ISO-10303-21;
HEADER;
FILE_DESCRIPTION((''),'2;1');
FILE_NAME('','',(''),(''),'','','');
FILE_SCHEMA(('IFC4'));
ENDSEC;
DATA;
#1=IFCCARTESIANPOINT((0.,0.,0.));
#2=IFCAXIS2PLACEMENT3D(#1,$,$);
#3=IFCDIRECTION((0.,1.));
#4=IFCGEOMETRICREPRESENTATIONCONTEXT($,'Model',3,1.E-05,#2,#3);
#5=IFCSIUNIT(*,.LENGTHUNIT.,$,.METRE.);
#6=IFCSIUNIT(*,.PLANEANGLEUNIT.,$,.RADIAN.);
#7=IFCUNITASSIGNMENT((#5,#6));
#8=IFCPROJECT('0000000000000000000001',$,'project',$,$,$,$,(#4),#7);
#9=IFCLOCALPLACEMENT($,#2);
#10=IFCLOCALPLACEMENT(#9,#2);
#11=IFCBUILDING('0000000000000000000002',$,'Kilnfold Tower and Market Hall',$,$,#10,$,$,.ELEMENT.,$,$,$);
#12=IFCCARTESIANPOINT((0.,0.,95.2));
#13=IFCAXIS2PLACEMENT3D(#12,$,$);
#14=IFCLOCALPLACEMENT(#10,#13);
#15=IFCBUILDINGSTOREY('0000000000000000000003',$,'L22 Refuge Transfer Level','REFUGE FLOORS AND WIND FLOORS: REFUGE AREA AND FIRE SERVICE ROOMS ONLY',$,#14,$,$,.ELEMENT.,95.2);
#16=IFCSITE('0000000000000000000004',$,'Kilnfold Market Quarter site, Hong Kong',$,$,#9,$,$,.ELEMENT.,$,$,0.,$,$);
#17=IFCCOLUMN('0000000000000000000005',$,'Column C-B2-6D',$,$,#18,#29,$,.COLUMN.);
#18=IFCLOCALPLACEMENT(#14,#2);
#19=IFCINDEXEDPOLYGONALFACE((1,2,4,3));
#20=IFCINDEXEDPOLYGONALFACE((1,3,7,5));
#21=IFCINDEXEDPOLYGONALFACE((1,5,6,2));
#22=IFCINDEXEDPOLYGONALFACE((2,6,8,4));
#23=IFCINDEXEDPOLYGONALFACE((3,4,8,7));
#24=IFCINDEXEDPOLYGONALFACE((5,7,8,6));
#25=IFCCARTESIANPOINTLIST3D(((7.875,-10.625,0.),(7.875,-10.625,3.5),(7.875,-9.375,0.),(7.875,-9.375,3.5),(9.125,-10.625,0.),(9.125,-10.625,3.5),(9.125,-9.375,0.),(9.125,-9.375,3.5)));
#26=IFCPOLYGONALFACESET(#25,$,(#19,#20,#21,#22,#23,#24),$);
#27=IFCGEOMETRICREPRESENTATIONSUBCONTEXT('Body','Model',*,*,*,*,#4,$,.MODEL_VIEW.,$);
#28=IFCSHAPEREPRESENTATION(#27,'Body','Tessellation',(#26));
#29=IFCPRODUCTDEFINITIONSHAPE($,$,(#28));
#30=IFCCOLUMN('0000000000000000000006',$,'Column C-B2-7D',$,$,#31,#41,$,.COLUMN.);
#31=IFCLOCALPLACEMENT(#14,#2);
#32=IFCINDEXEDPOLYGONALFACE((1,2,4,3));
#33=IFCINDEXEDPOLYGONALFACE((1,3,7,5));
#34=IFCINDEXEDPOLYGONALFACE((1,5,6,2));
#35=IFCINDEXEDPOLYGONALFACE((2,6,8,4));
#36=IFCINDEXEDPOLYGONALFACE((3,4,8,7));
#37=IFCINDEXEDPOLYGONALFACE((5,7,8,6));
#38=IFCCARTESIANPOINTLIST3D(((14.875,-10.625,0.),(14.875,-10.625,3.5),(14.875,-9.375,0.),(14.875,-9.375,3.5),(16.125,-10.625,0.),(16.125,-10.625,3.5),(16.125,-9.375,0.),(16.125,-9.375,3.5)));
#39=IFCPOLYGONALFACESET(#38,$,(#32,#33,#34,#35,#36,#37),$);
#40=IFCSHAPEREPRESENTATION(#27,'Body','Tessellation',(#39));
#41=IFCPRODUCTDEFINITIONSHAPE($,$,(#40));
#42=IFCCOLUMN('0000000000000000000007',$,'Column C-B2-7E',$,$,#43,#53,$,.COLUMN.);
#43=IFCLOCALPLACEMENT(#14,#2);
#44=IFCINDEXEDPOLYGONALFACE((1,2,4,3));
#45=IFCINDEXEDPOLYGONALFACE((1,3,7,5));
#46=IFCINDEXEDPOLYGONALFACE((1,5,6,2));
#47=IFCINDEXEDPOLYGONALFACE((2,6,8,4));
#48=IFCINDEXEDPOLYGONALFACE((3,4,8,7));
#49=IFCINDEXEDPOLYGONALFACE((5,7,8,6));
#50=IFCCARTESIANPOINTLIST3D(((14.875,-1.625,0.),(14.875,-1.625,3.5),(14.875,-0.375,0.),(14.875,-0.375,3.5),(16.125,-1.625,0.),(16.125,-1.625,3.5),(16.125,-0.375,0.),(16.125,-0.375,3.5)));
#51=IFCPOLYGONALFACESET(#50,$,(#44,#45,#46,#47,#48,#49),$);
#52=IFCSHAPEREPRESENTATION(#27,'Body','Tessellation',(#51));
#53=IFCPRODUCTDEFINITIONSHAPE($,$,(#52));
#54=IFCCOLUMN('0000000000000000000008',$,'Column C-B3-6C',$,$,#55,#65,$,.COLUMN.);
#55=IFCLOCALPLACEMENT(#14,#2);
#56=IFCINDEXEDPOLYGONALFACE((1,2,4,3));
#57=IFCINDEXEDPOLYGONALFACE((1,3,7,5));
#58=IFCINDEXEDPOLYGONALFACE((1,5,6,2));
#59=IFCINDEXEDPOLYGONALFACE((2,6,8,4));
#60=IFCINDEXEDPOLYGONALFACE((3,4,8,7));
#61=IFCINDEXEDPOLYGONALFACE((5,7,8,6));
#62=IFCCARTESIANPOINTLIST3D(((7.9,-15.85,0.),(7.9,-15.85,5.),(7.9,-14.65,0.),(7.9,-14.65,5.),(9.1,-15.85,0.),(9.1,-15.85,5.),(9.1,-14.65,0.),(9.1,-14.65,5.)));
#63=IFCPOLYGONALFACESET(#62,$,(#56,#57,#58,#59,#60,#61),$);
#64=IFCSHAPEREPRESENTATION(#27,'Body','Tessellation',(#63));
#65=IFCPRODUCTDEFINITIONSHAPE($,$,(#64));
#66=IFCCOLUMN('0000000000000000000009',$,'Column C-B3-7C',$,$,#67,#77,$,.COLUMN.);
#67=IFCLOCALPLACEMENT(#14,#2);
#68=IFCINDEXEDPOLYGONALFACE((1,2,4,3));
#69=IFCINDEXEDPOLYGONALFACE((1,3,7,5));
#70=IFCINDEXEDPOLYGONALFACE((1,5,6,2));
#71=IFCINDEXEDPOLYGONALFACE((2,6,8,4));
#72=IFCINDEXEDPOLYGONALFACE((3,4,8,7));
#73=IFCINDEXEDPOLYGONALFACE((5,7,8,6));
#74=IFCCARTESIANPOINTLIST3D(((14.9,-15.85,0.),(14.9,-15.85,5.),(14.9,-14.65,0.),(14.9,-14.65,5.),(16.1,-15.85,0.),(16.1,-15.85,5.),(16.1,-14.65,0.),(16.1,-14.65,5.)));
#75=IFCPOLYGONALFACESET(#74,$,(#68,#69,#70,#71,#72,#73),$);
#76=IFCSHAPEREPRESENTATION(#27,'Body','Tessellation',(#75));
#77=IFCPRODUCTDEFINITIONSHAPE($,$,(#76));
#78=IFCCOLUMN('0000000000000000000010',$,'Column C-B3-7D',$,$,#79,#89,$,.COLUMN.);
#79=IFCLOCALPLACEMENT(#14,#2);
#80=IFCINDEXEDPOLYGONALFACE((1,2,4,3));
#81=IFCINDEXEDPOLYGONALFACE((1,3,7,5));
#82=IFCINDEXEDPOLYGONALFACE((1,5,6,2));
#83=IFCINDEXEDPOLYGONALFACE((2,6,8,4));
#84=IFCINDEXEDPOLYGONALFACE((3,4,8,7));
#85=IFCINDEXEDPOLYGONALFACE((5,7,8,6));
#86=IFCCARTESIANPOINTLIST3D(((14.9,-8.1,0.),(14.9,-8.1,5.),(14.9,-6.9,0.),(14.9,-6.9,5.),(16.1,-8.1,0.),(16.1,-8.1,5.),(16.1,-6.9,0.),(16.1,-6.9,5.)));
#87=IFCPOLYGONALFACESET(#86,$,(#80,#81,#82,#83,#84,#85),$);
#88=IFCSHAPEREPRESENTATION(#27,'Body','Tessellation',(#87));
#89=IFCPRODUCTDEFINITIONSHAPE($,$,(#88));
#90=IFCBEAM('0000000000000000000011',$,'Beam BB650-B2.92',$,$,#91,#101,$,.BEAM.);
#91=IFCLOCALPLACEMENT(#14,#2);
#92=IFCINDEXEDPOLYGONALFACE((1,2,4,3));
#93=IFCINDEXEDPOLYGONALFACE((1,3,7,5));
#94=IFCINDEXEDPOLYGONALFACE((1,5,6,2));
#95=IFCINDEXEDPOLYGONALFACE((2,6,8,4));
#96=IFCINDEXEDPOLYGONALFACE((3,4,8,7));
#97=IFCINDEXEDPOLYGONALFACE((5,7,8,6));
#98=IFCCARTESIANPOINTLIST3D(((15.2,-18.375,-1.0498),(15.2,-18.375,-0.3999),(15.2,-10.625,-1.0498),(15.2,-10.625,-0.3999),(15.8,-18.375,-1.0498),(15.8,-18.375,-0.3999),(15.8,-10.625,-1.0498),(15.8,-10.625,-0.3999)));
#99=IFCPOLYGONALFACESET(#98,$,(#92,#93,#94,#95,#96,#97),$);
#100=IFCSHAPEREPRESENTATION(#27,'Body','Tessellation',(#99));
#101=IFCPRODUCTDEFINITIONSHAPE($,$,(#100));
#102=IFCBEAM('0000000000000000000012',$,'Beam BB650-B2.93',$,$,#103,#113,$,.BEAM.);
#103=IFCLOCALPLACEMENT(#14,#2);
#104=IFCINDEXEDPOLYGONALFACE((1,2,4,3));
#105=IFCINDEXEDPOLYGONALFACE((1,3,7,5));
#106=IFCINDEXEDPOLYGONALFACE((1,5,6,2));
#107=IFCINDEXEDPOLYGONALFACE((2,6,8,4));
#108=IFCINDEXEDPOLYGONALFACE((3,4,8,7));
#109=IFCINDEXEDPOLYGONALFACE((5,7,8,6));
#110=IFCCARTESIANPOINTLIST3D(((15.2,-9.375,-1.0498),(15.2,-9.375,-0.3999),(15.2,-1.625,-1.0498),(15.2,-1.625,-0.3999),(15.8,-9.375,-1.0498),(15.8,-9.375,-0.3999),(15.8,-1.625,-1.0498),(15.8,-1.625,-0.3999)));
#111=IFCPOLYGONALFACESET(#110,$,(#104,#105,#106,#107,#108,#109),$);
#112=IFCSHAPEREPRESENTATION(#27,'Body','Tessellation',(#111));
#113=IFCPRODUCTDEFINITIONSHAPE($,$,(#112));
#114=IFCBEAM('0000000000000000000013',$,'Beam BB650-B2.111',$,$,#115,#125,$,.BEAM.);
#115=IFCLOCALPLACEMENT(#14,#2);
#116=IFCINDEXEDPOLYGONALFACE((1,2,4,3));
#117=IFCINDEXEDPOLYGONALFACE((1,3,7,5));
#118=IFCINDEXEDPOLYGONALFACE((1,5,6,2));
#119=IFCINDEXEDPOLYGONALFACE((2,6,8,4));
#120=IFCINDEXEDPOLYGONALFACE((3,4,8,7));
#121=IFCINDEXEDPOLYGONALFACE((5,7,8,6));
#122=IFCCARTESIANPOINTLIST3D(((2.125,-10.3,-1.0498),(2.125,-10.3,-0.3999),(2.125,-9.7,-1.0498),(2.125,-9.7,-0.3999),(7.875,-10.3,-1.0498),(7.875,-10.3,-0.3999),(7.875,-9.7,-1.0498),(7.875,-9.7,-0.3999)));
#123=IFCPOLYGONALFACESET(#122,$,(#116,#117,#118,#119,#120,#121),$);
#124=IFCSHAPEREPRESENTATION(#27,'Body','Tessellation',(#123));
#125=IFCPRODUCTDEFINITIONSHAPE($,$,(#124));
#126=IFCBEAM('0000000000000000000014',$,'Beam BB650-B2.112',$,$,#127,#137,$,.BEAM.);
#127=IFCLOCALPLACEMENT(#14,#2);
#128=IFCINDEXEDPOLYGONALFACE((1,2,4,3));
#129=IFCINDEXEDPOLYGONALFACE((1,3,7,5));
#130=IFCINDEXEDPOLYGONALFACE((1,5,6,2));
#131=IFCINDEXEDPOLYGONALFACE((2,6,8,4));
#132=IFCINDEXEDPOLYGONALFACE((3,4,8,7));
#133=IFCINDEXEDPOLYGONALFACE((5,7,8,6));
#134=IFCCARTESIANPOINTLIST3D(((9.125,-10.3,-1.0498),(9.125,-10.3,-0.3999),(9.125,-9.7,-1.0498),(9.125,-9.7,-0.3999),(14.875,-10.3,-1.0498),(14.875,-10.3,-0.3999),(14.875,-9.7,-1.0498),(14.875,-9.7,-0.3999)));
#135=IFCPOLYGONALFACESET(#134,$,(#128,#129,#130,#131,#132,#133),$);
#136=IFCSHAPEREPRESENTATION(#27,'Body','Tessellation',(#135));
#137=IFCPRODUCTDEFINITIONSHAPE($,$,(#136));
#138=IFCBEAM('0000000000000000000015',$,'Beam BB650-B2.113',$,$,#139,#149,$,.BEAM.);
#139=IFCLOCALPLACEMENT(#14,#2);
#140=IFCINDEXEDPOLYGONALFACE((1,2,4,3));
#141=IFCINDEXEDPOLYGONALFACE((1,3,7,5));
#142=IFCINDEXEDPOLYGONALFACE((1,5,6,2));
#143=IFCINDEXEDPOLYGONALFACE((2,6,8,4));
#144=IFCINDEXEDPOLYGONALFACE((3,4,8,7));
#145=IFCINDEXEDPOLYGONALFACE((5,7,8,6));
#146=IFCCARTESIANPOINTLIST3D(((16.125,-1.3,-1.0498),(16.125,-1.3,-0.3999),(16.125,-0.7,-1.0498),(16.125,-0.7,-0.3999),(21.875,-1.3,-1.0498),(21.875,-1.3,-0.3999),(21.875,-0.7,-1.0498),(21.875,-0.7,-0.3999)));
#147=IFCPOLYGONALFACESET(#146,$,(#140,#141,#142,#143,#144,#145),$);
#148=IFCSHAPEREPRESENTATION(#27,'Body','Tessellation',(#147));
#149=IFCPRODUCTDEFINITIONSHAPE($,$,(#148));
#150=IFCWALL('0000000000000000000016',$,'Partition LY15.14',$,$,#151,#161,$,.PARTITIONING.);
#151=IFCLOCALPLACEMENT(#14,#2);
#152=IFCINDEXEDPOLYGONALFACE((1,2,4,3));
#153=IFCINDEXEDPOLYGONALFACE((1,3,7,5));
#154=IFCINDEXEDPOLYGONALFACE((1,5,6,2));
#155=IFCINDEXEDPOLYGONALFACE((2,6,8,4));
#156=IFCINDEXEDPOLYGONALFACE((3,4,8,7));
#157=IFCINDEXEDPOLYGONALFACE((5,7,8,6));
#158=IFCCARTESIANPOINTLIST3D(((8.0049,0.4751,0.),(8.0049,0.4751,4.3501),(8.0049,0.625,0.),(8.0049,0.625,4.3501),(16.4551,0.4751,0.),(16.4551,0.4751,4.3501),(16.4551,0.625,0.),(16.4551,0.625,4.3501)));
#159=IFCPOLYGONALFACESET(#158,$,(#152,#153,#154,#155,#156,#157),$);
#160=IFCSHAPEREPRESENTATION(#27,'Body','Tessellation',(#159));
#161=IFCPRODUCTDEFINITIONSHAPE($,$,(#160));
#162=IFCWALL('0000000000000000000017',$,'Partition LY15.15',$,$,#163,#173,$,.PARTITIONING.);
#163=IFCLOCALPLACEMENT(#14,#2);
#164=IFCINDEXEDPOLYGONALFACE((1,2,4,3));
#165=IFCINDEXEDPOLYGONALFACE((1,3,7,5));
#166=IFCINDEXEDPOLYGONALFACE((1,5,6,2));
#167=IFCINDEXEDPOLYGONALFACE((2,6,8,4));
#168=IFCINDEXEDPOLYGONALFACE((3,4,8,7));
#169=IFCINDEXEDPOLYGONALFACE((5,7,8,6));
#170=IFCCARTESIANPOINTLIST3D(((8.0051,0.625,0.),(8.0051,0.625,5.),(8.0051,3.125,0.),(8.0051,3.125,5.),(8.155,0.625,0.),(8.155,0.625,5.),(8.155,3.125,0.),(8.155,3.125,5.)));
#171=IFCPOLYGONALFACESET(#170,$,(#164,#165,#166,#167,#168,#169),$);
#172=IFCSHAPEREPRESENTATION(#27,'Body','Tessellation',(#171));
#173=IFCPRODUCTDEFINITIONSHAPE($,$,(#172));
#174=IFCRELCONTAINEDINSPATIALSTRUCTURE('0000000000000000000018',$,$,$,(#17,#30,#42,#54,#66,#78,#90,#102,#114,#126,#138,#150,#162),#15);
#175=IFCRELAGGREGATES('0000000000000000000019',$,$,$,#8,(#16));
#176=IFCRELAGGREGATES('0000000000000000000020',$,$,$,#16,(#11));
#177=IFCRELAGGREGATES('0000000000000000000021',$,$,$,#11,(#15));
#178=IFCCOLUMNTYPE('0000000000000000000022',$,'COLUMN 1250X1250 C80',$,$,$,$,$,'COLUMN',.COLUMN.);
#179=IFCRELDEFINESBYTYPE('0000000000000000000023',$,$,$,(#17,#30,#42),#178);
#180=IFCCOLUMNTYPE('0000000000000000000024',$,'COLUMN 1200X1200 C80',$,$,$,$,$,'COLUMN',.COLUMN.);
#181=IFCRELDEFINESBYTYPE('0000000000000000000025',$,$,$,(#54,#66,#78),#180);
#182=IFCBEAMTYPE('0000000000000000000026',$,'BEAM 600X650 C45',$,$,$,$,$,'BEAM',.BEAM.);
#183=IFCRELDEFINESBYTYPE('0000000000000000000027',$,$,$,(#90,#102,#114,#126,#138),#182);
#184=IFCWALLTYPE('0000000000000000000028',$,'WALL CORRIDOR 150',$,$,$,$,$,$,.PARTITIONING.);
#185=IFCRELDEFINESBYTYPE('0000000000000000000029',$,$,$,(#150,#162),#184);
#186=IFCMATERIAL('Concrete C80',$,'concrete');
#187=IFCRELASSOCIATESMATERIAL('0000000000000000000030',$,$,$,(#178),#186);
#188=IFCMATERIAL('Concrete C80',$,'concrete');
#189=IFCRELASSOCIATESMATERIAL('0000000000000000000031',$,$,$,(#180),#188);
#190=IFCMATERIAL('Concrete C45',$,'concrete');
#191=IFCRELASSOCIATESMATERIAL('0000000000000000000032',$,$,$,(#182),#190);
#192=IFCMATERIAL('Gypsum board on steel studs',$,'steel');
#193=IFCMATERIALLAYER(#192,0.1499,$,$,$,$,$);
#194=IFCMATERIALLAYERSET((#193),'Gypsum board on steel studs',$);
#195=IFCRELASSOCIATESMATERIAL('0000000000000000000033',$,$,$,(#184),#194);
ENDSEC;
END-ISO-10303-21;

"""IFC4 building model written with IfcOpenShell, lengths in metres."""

from ifc_helpers import new_model, si_unit, direction, frame, frame_2d, origin, origin_2d, place, context, subcontext, project, spatial, rectangle, extrude, source, transform, mapped, material, layer, layer_set, material_profile, profile_set, type_object, element, save


model = new_model("IFC4")

# Units and contexts
model_context = context("Model", 3, precision=1e-05, world=origin(), true_north=direction((0.0, 1.0)))
body_context = subcontext(model_context, "Body", "Model", "MODEL_VIEW")
ifc_project = project(units=[si_unit("LENGTHUNIT", "METRE"), si_unit("PLANEANGLEUNIT", "RADIAN")], contexts=[model_context])

# Site, building, storey
site_placement = place(None, origin())
site = spatial("IfcSite", under=ifc_project, at=site_placement, Name="Kilnfold Market Quarter site, Hong Kong", CompositionType="ELEMENT", RefElevation=0.0)
building_placement = place(site_placement, origin())
building = spatial("IfcBuilding", under=site, at=building_placement, Name="Kilnfold Tower and Market Hall", CompositionType="ELEMENT")
storey_placement = place(building_placement, frame((0.0, 0.0, 95.2)))
storey = spatial("IfcBuildingStorey", under=building, at=storey_placement, Name="L22 Refuge Transfer Level", Description="REFUGE FLOORS AND WIND FLOORS: REFUGE AREA AND FIRE SERVICE ROOMS ONLY", CompositionType="ELEMENT", Elevation=95.2)

# Columns
ifc_material_1 = material(Name="Concrete C80", Category="concrete")
ifc_material_profile_1 = material_profile(ifc_material_1, rectangle(XDim=1.25, YDim=1.25, at=origin_2d()), Name="RC 1250x1250")
ifc_profile_set_1 = profile_set([ifc_material_profile_1], Name="Concrete C80")
column_type_1 = type_object("IfcColumnType", Name="COLUMN 1250X1250 C80", ElementType="COLUMN", PredefinedType="COLUMN", material=ifc_profile_set_1)
shared_shape_1 = source(origin(), body_context, "Body", "SweptSolid", [
    extrude(rectangle(XDim=1.25, YDim=1.25, at=origin_2d()), origin(), (0.0, 0.0, 1.0), 3.5),
])
for number, where, z_axis, x_axis, name in (
    (1, (8.5, -10.0, 0.0), (0.0, 0.0, 1.0), (1.0, 0.0, 0.0), "Column C-B2-6D"),
    (2, (15.5, -10.0, 0.0), (0.0, 0.0, 1.0), (1.0, 0.0, 0.0), "Column C-B2-7D"),
    (3, (15.5, -1.0, 0.0), (0.0, 0.0, 1.0), (1.0, 0.0, 0.0), "Column C-B2-7E"),
):
    element("IfcColumn", number, at=place(storey_placement, frame(where, z_axis=z_axis, x_axis=x_axis)), inside=storey, type_object=column_type_1, Name=name, PredefinedType="COLUMN", context=body_context, shape_type="MappedRepresentation", body=[
        mapped(shared_shape_1, transform((0.0, 0.0, 0.0))),
    ])
ifc_material_2 = material(Name="Concrete C80", Category="concrete")
ifc_material_profile_2 = material_profile(ifc_material_2, rectangle(XDim=1.2, YDim=1.2, at=origin_2d()), Name="RC 1200x1200")
ifc_profile_set_2 = profile_set([ifc_material_profile_2], Name="Concrete C80")
column_type_2 = type_object("IfcColumnType", Name="COLUMN 1200X1200 C80", ElementType="COLUMN", PredefinedType="COLUMN", material=ifc_profile_set_2)
shared_shape_2 = source(origin(), body_context, "Body", "SweptSolid", [
    extrude(rectangle(XDim=1.2, YDim=1.2, at=origin_2d()), origin(), (0.0, 0.0, 1.0), 5.0),
])
for number, where, z_axis, x_axis, name in (
    (4, (8.5, -15.25, 0.0), (0.0, 0.0, 1.0), (1.0, 0.0, 0.0), "Column C-B3-6C"),
    (5, (15.5, -15.25, 0.0), (0.0, 0.0, 1.0), (1.0, 0.0, 0.0), "Column C-B3-7C"),
    (6, (15.5, -7.5, 0.0), (0.0, 0.0, 1.0), (1.0, 0.0, 0.0), "Column C-B3-7D"),
):
    element("IfcColumn", number, at=place(storey_placement, frame(where, z_axis=z_axis, x_axis=x_axis)), inside=storey, type_object=column_type_2, Name=name, PredefinedType="COLUMN", context=body_context, shape_type="MappedRepresentation", body=[
        mapped(shared_shape_2, transform((0.0, 0.0, 0.0))),
    ])

# Beams
ifc_material_3 = material(Name="Concrete C45", Category="concrete")
ifc_material_profile_3 = material_profile(ifc_material_3, rectangle(XDim=0.6001, YDim=0.6499, at=origin_2d()), Name="RC 600x650")
ifc_profile_set_3 = profile_set([ifc_material_profile_3], Name="Concrete C45")
beam_type = type_object("IfcBeamType", Name="BEAM 600X650 C45", ElementType="BEAM", PredefinedType="BEAM", material=ifc_profile_set_3)
shared_shape_3 = source(origin(), body_context, "Body", "SweptSolid", [
    extrude(rectangle(XDim=0.6001, YDim=0.6499, at=origin_2d()), origin(), (0.0, 0.0, 1.0), 7.75),
])
for number, where, z_axis, x_axis, name in (
    (7, (15.5, -18.375, -0.7249), (0.0, 1.0, 0.0), (-1.0, 0.0, 0.0), "Beam BB650-B2.92"),
    (8, (15.5, -9.375, -0.7249), (0.0, 1.0, 0.0), (-1.0, 0.0, 0.0), "Beam BB650-B2.93"),
):
    element("IfcBeam", number, at=place(storey_placement, frame(where, z_axis=z_axis, x_axis=x_axis)), inside=storey, type_object=beam_type, Name=name, PredefinedType="BEAM", context=body_context, shape_type="MappedRepresentation", body=[
        mapped(shared_shape_3, transform((0.0, 0.0, 0.0))),
    ])
shared_shape_4 = source(origin(), body_context, "Body", "SweptSolid", [
    extrude(rectangle(XDim=0.6001, YDim=0.6499, at=origin_2d()), origin(), (0.0, 0.0, 1.0), 5.75),
])
for number, where, z_axis, x_axis, name in (
    (9, (2.125, -10.0, -0.7249), (1.0, 0.0, 0.0), (0.0, 1.0, 0.0), "Beam BB650-B2.111"),
    (10, (9.125, -10.0, -0.7249), (1.0, 0.0, 0.0), (0.0, 1.0, 0.0), "Beam BB650-B2.112"),
    (11, (16.125, -1.0, -0.7249), (1.0, 0.0, 0.0), (0.0, 1.0, 0.0), "Beam BB650-B2.113"),
):
    element("IfcBeam", number, at=place(storey_placement, frame(where, z_axis=z_axis, x_axis=x_axis)), inside=storey, type_object=beam_type, Name=name, PredefinedType="BEAM", context=body_context, shape_type="MappedRepresentation", body=[
        mapped(shared_shape_4, transform((0.0, 0.0, 0.0))),
    ])

# Walls
ifc_material_4 = material(Name="Gypsum board on steel studs", Category="steel")
ifc_layer_1 = layer(ifc_material_4, 0.1499)
ifc_layer_set_1 = layer_set([ifc_layer_1], Name="Gypsum board on steel studs")
wall_type_1 = type_object("IfcWallType", Name="WALL CORRIDOR 150", PredefinedType="PARTITIONING", material=ifc_layer_set_1)
wall_1_placement = place(storey_placement, frame((8.0049, 0.55, 0.0), z_axis=(0.0, 0.0, 1.0), x_axis=(1.0, 0.0, 0.0)))
element("IfcWall", 12, at=wall_1_placement, inside=storey, type_object=wall_type_1, Name="Partition LY15.14", PredefinedType="PARTITIONING", context=body_context, shape_type="SweptSolid", body=[
    extrude(rectangle(XDim=8.4502, YDim=0.1499, at=frame_2d((4.2251, 0.0))), origin(), (0.0, 0.0, 1.0), 4.3501),
])
wall_2_placement = place(storey_placement, frame((8.0801, 3.125, 0.0), z_axis=(0.0, 0.0, 1.0), x_axis=(0.0, -1.0, 0.0)))
element("IfcWall", 13, at=wall_2_placement, inside=storey, type_object=wall_type_1, Name="Partition LY15.15", PredefinedType="PARTITIONING", context=body_context, shape_type="SweptSolid", body=[
    extrude(rectangle(XDim=2.5, YDim=0.1499, at=frame_2d((1.25, 0.0))), origin(), (0.0, 0.0, 1.0), 5.0),
])

save(model, "model.ifc")
